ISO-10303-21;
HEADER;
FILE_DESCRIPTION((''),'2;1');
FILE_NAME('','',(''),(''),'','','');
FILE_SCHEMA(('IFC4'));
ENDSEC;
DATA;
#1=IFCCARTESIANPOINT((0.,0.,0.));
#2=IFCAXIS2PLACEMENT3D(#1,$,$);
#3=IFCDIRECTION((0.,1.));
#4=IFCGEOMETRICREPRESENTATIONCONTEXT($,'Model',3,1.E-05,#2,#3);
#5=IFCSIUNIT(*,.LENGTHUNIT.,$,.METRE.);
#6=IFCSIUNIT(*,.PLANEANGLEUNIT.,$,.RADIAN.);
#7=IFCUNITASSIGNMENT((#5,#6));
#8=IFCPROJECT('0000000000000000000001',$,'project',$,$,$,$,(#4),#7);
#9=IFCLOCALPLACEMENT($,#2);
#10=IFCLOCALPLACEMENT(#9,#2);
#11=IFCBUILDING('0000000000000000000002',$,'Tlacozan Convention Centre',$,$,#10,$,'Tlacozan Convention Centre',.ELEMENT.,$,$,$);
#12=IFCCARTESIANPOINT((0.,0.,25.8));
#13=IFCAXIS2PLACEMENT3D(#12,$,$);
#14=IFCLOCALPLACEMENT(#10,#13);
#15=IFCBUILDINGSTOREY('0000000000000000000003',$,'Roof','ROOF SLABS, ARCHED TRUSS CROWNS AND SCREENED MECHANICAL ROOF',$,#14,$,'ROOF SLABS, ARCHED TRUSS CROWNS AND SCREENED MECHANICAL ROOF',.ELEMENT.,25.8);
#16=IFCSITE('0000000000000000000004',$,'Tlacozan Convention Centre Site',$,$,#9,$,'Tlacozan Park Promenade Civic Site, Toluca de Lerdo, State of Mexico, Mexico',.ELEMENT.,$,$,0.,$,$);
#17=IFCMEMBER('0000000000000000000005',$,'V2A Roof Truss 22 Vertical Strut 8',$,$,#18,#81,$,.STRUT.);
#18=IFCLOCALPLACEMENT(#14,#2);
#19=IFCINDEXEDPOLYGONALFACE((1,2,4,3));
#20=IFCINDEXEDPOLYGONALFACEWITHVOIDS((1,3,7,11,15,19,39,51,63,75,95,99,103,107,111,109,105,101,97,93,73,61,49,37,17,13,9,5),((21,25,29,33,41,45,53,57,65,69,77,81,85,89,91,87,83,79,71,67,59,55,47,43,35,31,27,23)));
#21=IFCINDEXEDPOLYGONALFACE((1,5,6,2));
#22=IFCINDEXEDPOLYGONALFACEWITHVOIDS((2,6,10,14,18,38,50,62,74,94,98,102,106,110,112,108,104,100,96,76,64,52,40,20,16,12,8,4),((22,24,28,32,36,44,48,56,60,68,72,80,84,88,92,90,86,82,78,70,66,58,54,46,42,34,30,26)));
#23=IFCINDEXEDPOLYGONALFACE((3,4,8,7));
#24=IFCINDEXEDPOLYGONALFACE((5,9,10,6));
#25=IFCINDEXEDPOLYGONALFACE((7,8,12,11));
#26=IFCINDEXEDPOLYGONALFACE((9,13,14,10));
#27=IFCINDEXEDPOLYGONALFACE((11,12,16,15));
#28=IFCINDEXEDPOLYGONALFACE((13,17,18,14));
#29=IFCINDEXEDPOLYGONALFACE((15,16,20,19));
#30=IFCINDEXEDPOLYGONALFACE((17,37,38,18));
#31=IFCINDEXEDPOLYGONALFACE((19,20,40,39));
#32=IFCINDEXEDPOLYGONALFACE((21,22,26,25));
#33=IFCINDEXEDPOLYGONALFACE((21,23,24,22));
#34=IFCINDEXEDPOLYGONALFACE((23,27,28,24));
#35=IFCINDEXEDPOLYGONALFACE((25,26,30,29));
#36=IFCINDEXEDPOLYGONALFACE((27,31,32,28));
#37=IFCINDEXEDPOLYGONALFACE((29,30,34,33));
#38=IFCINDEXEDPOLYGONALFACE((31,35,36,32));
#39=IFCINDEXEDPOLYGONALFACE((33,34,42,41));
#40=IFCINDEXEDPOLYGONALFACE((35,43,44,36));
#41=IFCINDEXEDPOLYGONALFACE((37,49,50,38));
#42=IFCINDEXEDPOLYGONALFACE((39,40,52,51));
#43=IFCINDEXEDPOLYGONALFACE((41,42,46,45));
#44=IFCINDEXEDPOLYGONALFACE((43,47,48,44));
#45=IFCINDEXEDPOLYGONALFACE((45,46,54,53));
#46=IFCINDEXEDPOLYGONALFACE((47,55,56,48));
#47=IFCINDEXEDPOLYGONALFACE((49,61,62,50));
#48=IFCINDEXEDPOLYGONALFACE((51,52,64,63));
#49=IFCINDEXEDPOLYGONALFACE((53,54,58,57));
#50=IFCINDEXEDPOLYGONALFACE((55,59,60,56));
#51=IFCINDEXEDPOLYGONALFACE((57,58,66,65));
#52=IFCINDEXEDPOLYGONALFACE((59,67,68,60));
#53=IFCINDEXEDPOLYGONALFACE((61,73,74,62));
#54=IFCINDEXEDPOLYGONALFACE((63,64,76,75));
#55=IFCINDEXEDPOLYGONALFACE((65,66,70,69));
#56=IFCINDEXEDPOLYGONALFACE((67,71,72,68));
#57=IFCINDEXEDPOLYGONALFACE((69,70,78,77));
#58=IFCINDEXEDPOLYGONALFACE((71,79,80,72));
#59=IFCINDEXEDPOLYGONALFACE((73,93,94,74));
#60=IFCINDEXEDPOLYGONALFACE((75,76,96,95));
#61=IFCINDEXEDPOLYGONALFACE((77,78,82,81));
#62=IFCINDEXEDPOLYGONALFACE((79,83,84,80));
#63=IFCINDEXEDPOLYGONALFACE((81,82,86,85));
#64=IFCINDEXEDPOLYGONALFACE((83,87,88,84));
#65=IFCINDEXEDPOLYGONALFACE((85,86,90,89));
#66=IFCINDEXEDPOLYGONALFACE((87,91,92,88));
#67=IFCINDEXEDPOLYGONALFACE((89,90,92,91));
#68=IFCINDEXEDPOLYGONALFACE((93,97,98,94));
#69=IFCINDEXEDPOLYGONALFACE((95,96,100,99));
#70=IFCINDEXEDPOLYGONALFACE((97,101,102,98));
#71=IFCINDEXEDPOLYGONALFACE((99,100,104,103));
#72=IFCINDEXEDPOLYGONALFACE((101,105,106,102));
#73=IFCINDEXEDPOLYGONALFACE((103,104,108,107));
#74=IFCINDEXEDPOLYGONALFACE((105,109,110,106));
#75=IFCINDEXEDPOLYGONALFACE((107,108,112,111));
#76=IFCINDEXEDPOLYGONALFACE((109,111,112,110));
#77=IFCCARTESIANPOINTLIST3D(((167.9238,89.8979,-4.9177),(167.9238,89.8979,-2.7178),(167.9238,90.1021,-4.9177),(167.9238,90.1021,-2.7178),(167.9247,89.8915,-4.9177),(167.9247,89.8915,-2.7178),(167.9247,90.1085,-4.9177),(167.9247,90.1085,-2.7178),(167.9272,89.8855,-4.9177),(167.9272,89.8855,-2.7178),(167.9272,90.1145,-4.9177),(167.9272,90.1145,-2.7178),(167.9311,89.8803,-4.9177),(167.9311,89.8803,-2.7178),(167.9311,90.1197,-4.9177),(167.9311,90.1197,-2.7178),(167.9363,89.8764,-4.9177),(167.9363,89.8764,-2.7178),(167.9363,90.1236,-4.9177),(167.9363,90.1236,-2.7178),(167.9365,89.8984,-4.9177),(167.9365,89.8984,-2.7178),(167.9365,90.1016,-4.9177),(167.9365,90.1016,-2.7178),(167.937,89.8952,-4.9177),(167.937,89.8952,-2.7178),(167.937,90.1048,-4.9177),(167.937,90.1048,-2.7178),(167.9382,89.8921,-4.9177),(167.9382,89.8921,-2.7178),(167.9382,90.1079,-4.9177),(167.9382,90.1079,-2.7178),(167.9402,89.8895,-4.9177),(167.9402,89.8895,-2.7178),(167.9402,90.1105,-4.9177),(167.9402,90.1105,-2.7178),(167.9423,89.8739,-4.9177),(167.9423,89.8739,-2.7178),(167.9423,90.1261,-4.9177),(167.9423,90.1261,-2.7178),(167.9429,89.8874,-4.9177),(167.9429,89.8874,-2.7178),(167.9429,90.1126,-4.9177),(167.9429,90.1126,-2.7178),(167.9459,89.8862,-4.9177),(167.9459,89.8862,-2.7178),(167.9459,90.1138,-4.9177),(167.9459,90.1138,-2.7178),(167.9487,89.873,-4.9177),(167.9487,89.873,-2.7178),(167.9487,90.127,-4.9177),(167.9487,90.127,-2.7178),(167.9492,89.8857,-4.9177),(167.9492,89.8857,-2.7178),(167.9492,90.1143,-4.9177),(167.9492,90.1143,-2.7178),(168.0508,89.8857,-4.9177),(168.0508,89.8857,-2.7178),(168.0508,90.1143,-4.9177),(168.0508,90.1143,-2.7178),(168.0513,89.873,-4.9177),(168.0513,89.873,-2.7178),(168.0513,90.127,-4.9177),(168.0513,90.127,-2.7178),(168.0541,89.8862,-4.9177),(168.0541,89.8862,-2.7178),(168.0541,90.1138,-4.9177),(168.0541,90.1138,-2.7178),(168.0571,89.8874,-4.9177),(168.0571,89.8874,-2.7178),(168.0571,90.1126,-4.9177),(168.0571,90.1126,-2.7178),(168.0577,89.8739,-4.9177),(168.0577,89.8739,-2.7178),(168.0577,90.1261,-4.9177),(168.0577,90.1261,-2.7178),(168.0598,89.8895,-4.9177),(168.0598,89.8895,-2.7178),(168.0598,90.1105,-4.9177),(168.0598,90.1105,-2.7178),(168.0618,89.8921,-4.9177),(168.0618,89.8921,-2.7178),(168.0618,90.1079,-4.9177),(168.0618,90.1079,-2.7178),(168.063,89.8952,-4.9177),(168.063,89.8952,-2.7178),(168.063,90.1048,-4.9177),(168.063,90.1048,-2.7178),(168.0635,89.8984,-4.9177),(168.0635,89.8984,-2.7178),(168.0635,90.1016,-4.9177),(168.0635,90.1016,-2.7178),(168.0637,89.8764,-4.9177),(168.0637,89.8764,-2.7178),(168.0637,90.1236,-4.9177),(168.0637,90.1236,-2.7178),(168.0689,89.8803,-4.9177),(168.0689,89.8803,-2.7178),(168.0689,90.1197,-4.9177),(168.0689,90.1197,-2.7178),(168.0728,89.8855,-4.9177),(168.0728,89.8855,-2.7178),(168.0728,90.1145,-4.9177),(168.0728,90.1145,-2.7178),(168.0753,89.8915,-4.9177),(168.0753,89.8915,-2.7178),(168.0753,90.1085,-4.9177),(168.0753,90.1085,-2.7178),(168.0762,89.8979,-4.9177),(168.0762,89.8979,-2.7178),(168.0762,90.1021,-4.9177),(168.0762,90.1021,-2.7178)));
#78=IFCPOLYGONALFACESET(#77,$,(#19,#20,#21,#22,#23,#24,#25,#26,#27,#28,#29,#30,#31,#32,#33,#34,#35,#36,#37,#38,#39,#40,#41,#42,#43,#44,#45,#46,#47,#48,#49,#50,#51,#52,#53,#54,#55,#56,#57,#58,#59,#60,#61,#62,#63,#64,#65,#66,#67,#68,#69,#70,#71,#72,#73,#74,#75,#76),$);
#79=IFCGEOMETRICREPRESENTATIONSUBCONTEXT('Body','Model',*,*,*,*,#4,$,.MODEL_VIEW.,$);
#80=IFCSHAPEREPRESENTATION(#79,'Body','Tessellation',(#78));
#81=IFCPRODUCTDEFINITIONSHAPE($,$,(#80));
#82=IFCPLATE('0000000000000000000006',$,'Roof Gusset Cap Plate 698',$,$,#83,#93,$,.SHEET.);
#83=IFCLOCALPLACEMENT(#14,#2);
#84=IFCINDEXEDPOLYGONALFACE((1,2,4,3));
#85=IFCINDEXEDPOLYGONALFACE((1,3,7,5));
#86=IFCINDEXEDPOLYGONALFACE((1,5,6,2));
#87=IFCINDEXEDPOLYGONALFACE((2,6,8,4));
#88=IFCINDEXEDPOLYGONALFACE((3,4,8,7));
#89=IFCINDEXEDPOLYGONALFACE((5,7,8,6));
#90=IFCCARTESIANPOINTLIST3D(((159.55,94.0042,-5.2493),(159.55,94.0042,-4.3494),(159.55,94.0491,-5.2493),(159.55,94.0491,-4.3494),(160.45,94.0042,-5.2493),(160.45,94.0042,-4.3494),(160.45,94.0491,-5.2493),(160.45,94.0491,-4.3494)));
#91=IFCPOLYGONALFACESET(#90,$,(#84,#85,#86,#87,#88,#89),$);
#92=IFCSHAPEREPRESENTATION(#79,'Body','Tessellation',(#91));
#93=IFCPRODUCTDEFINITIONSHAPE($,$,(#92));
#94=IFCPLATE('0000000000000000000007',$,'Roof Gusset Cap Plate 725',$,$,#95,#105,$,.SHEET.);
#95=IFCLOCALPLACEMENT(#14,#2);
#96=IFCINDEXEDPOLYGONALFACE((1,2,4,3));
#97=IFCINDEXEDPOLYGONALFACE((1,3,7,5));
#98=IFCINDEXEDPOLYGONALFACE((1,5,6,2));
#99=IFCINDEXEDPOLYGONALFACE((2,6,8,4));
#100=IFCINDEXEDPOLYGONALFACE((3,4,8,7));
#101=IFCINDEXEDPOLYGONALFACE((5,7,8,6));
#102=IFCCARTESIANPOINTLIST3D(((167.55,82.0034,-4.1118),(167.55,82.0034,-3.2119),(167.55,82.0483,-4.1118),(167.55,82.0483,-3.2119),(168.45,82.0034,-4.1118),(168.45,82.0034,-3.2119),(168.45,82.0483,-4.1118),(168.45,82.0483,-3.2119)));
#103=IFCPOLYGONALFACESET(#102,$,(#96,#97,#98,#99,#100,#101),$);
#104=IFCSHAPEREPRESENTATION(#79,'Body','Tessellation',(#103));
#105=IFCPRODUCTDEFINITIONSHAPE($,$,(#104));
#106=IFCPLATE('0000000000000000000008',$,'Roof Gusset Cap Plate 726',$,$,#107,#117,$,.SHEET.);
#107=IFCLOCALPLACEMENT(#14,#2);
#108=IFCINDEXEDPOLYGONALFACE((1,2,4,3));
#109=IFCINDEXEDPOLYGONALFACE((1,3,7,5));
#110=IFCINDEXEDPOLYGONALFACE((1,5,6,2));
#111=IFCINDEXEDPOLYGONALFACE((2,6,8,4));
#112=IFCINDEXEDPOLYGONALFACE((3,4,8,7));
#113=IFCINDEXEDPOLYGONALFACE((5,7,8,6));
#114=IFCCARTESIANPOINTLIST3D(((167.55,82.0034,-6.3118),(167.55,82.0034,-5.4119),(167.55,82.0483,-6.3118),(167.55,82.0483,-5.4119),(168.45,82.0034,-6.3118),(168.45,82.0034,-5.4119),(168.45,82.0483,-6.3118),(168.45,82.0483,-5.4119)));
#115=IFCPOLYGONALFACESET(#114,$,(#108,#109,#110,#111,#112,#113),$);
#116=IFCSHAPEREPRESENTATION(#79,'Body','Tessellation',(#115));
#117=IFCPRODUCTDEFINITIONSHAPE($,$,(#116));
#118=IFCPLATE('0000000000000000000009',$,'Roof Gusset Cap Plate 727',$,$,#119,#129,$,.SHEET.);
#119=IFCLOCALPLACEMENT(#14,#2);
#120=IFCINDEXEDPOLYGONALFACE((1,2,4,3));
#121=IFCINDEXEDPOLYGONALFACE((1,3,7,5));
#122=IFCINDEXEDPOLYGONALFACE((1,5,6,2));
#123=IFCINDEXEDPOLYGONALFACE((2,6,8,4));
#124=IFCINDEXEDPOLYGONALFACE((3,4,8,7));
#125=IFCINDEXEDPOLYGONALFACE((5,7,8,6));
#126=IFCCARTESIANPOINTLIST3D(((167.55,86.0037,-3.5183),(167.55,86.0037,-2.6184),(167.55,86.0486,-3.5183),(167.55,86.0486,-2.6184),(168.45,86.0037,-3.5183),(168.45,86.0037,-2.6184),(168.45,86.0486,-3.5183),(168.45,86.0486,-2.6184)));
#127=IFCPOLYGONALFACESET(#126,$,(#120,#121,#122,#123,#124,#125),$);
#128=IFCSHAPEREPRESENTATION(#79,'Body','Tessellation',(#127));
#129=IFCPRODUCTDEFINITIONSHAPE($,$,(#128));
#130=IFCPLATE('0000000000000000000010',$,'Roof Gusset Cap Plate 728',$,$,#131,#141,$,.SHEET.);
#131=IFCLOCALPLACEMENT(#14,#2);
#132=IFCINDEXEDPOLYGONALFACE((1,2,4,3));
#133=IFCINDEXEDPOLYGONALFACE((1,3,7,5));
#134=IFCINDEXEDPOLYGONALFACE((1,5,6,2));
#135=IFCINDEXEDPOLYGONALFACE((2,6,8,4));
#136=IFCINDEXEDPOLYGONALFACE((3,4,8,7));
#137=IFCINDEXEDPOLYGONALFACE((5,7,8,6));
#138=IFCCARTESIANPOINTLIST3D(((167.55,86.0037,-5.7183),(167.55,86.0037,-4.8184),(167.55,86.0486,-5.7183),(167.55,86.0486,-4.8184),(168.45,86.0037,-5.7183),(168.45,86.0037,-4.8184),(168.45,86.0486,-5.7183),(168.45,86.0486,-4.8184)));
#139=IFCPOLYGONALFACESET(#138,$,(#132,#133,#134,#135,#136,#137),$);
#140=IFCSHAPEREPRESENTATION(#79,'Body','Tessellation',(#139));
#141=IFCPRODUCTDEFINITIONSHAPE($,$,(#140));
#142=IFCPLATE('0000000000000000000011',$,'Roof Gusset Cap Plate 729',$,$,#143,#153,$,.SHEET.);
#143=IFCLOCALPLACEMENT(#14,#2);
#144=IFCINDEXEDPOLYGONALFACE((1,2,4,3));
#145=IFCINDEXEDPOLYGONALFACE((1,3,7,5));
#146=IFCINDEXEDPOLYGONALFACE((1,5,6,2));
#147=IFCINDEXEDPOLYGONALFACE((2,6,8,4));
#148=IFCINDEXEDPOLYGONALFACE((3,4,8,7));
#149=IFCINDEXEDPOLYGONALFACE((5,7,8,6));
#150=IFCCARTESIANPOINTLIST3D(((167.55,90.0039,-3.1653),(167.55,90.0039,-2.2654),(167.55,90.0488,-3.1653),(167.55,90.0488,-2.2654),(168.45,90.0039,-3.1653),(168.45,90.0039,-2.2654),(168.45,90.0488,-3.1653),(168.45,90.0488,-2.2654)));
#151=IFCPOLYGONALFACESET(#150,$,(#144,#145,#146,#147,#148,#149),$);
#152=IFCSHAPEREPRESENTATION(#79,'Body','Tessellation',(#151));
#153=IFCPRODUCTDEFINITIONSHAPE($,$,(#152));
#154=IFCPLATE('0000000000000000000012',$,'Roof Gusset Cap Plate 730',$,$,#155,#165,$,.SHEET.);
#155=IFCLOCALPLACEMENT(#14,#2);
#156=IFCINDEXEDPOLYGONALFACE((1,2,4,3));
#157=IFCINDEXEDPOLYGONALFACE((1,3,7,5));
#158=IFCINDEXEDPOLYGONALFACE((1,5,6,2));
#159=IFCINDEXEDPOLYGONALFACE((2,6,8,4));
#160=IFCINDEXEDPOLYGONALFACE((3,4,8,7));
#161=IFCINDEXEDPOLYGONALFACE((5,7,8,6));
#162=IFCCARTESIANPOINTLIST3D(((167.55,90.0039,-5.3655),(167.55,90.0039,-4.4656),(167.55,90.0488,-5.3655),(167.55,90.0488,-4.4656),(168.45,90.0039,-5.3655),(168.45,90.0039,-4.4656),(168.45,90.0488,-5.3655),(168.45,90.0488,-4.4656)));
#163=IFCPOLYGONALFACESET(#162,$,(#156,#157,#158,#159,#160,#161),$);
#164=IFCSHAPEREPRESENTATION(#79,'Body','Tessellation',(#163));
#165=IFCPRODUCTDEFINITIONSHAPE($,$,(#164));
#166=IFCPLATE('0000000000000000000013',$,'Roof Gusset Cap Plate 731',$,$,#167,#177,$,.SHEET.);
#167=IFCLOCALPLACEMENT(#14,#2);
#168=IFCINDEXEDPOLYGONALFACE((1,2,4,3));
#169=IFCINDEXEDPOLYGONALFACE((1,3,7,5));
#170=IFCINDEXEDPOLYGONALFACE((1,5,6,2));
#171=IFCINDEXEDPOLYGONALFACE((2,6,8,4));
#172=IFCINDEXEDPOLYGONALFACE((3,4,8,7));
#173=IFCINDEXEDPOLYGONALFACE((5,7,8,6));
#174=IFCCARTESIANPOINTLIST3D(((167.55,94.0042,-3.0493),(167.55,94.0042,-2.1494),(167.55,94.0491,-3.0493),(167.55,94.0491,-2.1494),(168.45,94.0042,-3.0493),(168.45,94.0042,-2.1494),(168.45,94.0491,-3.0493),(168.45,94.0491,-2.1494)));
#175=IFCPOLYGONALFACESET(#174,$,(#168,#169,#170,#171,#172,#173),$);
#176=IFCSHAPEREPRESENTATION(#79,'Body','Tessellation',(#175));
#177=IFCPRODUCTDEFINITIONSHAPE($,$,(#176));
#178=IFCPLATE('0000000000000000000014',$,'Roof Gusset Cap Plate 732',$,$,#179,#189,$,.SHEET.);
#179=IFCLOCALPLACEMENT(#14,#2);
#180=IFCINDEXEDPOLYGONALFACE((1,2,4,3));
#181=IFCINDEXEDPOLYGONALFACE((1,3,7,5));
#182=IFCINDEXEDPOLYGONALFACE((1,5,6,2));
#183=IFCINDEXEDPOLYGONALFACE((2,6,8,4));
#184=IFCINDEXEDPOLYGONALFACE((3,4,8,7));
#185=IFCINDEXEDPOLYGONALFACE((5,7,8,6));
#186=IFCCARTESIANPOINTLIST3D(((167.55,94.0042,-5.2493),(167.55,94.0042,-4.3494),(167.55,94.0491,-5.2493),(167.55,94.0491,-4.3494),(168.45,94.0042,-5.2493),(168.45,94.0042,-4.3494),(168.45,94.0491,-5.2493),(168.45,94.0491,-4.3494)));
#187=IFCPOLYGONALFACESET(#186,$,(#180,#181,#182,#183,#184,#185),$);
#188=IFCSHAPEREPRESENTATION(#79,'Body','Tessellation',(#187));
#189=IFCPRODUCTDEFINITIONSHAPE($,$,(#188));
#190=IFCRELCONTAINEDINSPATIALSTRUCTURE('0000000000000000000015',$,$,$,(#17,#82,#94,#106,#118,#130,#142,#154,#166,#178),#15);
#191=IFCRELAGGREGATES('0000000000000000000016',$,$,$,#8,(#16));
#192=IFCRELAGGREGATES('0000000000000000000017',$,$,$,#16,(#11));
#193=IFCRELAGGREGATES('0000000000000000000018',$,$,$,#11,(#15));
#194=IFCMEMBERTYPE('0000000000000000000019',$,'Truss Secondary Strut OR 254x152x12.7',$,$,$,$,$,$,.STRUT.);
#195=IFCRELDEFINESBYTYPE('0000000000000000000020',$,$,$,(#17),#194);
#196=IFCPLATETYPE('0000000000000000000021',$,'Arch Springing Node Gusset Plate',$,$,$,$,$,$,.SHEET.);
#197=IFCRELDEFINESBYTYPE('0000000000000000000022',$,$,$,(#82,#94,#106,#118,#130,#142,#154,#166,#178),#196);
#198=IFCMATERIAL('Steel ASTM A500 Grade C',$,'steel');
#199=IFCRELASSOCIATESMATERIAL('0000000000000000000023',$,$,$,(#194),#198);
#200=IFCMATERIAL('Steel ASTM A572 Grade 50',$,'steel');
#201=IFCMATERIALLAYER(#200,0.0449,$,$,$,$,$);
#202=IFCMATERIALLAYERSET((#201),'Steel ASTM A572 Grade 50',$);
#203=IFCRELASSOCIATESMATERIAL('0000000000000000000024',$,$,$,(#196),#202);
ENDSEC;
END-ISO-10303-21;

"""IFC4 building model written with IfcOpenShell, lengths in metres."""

from ifc_helpers import new_model, si_unit, direction, frame, origin, origin_2d, place, context, subcontext, project, spatial, rectangle, hollow_rectangle, extrude, material, layer, layer_set, material_profile, profile_set, type_object, element, save


model = new_model("IFC4")

# Units and contexts
model_context = context("Model", 3, precision=1e-05, world=origin(), true_north=direction((0.0, 1.0)))
body_context = subcontext(model_context, "Body", "Model", "MODEL_VIEW")
ifc_project = project(units=[si_unit("LENGTHUNIT", "METRE"), si_unit("PLANEANGLEUNIT", "RADIAN")], contexts=[model_context])

# Site, building, storey
site_placement = place(None, origin())
site = spatial("IfcSite", under=ifc_project, at=site_placement, Name="Tlacozan Convention Centre Site", LongName="Tlacozan Park Promenade Civic Site, Toluca de Lerdo, State of Mexico, Mexico", CompositionType="ELEMENT", RefElevation=0.0)
building_placement = place(site_placement, origin())
building = spatial("IfcBuilding", under=site, at=building_placement, Name="Tlacozan Convention Centre", LongName="Tlacozan Convention Centre", CompositionType="ELEMENT")
storey_placement = place(building_placement, frame((0.0, 0.0, 25.8)))
storey = spatial("IfcBuildingStorey", under=building, at=storey_placement, Name="Roof", Description="ROOF SLABS, ARCHED TRUSS CROWNS AND SCREENED MECHANICAL ROOF", LongName="ROOF SLABS, ARCHED TRUSS CROWNS AND SCREENED MECHANICAL ROOF", CompositionType="ELEMENT", Elevation=25.8)

# Member
ifc_material_1 = material(Name="Steel ASTM A500 Grade C", Category="steel")
ifc_material_profile_1 = material_profile(ifc_material_1, hollow_rectangle(XDim=0.1523, YDim=0.2539, WallThickness=0.0127, InnerFilletRadius=0.0127, OuterFilletRadius=0.0249, at=origin_2d()), Name="OR 254x152x12.7")
ifc_profile_set_1 = profile_set([ifc_material_profile_1], Name="Steel ASTM A500 Grade C")
member_type_1 = type_object("IfcMemberType", Name="Truss Secondary Strut OR 254x152x12.7", PredefinedType="STRUT", material=ifc_profile_set_1)
for number, where, z_axis, x_axis, name in (
    (1, (168.0, 90.0, -4.9177), (0.0, 0.0, 1.0), (1.0, 0.0, 0.0), "V2A Roof Truss 22 Vertical Strut 8"),
):
    element("IfcMember", number, at=place(storey_placement, frame(where, z_axis=z_axis, x_axis=x_axis)), inside=storey, type_object=member_type_1, Name=name, PredefinedType="STRUT", context=body_context, shape_type="SweptSolid", body=[
        extrude(hollow_rectangle(XDim=0.1523, YDim=0.2539, WallThickness=0.0127, InnerFilletRadius=0.0127, OuterFilletRadius=0.0249, at=origin_2d()), origin(), (0.0, 0.0, 1.0), 2.2),
    ])

# Plates
ifc_material_2 = material(Name="Steel ASTM A572 Grade 50", Category="steel")
ifc_layer = layer(ifc_material_2, 0.0449)
ifc_layer_set = layer_set([ifc_layer], Name="Steel ASTM A572 Grade 50")
plate_type = type_object("IfcPlateType", Name="Arch Springing Node Gusset Plate", PredefinedType="SHEET", material=ifc_layer_set)
for number, where, z_axis, x_axis, name in (
    (2, (160.0, 94.0266, -5.2493), (0.0, 0.0, 1.0), (0.0, 1.0, 0.0), "Roof Gusset Cap Plate 698"),
    (3, (168.0, 82.0259, -4.1118), (0.0, 0.0, 1.0), (0.0, 1.0, 0.0), "Roof Gusset Cap Plate 725"),
    (4, (168.0, 82.0259, -6.3118), (0.0, 0.0, 1.0), (0.0, 1.0, 0.0), "Roof Gusset Cap Plate 726"),
    (5, (168.0, 86.0261, -3.5183), (0.0, 0.0, 1.0), (0.0, 1.0, 0.0), "Roof Gusset Cap Plate 727"),
    (6, (168.0, 86.0261, -5.7183), (0.0, 0.0, 1.0), (0.0, 1.0, 0.0), "Roof Gusset Cap Plate 728"),
    (7, (168.0, 90.0264, -3.1653), (0.0, 0.0, 1.0), (0.0, 1.0, 0.0), "Roof Gusset Cap Plate 729"),
    (8, (168.0, 90.0264, -5.3655), (0.0, 0.0, 1.0), (0.0, 1.0, 0.0), "Roof Gusset Cap Plate 730"),
    (9, (168.0, 94.0266, -3.0493), (0.0, 0.0, 1.0), (0.0, 1.0, 0.0), "Roof Gusset Cap Plate 731"),
    (10, (168.0, 94.0266, -5.2493), (0.0, 0.0, 1.0), (0.0, 1.0, 0.0), "Roof Gusset Cap Plate 732"),
):
    element("IfcPlate", number, at=place(storey_placement, frame(where, z_axis=z_axis, x_axis=x_axis)), inside=storey, type_object=plate_type, Name=name, PredefinedType="SHEET", context=body_context, shape_type="SweptSolid", body=[
        extrude(rectangle(XDim=0.0449, YDim=0.8999, at=origin_2d()), origin(), (0.0, 0.0, 1.0), 0.8999),
    ])

save(model, "model.ifc")
